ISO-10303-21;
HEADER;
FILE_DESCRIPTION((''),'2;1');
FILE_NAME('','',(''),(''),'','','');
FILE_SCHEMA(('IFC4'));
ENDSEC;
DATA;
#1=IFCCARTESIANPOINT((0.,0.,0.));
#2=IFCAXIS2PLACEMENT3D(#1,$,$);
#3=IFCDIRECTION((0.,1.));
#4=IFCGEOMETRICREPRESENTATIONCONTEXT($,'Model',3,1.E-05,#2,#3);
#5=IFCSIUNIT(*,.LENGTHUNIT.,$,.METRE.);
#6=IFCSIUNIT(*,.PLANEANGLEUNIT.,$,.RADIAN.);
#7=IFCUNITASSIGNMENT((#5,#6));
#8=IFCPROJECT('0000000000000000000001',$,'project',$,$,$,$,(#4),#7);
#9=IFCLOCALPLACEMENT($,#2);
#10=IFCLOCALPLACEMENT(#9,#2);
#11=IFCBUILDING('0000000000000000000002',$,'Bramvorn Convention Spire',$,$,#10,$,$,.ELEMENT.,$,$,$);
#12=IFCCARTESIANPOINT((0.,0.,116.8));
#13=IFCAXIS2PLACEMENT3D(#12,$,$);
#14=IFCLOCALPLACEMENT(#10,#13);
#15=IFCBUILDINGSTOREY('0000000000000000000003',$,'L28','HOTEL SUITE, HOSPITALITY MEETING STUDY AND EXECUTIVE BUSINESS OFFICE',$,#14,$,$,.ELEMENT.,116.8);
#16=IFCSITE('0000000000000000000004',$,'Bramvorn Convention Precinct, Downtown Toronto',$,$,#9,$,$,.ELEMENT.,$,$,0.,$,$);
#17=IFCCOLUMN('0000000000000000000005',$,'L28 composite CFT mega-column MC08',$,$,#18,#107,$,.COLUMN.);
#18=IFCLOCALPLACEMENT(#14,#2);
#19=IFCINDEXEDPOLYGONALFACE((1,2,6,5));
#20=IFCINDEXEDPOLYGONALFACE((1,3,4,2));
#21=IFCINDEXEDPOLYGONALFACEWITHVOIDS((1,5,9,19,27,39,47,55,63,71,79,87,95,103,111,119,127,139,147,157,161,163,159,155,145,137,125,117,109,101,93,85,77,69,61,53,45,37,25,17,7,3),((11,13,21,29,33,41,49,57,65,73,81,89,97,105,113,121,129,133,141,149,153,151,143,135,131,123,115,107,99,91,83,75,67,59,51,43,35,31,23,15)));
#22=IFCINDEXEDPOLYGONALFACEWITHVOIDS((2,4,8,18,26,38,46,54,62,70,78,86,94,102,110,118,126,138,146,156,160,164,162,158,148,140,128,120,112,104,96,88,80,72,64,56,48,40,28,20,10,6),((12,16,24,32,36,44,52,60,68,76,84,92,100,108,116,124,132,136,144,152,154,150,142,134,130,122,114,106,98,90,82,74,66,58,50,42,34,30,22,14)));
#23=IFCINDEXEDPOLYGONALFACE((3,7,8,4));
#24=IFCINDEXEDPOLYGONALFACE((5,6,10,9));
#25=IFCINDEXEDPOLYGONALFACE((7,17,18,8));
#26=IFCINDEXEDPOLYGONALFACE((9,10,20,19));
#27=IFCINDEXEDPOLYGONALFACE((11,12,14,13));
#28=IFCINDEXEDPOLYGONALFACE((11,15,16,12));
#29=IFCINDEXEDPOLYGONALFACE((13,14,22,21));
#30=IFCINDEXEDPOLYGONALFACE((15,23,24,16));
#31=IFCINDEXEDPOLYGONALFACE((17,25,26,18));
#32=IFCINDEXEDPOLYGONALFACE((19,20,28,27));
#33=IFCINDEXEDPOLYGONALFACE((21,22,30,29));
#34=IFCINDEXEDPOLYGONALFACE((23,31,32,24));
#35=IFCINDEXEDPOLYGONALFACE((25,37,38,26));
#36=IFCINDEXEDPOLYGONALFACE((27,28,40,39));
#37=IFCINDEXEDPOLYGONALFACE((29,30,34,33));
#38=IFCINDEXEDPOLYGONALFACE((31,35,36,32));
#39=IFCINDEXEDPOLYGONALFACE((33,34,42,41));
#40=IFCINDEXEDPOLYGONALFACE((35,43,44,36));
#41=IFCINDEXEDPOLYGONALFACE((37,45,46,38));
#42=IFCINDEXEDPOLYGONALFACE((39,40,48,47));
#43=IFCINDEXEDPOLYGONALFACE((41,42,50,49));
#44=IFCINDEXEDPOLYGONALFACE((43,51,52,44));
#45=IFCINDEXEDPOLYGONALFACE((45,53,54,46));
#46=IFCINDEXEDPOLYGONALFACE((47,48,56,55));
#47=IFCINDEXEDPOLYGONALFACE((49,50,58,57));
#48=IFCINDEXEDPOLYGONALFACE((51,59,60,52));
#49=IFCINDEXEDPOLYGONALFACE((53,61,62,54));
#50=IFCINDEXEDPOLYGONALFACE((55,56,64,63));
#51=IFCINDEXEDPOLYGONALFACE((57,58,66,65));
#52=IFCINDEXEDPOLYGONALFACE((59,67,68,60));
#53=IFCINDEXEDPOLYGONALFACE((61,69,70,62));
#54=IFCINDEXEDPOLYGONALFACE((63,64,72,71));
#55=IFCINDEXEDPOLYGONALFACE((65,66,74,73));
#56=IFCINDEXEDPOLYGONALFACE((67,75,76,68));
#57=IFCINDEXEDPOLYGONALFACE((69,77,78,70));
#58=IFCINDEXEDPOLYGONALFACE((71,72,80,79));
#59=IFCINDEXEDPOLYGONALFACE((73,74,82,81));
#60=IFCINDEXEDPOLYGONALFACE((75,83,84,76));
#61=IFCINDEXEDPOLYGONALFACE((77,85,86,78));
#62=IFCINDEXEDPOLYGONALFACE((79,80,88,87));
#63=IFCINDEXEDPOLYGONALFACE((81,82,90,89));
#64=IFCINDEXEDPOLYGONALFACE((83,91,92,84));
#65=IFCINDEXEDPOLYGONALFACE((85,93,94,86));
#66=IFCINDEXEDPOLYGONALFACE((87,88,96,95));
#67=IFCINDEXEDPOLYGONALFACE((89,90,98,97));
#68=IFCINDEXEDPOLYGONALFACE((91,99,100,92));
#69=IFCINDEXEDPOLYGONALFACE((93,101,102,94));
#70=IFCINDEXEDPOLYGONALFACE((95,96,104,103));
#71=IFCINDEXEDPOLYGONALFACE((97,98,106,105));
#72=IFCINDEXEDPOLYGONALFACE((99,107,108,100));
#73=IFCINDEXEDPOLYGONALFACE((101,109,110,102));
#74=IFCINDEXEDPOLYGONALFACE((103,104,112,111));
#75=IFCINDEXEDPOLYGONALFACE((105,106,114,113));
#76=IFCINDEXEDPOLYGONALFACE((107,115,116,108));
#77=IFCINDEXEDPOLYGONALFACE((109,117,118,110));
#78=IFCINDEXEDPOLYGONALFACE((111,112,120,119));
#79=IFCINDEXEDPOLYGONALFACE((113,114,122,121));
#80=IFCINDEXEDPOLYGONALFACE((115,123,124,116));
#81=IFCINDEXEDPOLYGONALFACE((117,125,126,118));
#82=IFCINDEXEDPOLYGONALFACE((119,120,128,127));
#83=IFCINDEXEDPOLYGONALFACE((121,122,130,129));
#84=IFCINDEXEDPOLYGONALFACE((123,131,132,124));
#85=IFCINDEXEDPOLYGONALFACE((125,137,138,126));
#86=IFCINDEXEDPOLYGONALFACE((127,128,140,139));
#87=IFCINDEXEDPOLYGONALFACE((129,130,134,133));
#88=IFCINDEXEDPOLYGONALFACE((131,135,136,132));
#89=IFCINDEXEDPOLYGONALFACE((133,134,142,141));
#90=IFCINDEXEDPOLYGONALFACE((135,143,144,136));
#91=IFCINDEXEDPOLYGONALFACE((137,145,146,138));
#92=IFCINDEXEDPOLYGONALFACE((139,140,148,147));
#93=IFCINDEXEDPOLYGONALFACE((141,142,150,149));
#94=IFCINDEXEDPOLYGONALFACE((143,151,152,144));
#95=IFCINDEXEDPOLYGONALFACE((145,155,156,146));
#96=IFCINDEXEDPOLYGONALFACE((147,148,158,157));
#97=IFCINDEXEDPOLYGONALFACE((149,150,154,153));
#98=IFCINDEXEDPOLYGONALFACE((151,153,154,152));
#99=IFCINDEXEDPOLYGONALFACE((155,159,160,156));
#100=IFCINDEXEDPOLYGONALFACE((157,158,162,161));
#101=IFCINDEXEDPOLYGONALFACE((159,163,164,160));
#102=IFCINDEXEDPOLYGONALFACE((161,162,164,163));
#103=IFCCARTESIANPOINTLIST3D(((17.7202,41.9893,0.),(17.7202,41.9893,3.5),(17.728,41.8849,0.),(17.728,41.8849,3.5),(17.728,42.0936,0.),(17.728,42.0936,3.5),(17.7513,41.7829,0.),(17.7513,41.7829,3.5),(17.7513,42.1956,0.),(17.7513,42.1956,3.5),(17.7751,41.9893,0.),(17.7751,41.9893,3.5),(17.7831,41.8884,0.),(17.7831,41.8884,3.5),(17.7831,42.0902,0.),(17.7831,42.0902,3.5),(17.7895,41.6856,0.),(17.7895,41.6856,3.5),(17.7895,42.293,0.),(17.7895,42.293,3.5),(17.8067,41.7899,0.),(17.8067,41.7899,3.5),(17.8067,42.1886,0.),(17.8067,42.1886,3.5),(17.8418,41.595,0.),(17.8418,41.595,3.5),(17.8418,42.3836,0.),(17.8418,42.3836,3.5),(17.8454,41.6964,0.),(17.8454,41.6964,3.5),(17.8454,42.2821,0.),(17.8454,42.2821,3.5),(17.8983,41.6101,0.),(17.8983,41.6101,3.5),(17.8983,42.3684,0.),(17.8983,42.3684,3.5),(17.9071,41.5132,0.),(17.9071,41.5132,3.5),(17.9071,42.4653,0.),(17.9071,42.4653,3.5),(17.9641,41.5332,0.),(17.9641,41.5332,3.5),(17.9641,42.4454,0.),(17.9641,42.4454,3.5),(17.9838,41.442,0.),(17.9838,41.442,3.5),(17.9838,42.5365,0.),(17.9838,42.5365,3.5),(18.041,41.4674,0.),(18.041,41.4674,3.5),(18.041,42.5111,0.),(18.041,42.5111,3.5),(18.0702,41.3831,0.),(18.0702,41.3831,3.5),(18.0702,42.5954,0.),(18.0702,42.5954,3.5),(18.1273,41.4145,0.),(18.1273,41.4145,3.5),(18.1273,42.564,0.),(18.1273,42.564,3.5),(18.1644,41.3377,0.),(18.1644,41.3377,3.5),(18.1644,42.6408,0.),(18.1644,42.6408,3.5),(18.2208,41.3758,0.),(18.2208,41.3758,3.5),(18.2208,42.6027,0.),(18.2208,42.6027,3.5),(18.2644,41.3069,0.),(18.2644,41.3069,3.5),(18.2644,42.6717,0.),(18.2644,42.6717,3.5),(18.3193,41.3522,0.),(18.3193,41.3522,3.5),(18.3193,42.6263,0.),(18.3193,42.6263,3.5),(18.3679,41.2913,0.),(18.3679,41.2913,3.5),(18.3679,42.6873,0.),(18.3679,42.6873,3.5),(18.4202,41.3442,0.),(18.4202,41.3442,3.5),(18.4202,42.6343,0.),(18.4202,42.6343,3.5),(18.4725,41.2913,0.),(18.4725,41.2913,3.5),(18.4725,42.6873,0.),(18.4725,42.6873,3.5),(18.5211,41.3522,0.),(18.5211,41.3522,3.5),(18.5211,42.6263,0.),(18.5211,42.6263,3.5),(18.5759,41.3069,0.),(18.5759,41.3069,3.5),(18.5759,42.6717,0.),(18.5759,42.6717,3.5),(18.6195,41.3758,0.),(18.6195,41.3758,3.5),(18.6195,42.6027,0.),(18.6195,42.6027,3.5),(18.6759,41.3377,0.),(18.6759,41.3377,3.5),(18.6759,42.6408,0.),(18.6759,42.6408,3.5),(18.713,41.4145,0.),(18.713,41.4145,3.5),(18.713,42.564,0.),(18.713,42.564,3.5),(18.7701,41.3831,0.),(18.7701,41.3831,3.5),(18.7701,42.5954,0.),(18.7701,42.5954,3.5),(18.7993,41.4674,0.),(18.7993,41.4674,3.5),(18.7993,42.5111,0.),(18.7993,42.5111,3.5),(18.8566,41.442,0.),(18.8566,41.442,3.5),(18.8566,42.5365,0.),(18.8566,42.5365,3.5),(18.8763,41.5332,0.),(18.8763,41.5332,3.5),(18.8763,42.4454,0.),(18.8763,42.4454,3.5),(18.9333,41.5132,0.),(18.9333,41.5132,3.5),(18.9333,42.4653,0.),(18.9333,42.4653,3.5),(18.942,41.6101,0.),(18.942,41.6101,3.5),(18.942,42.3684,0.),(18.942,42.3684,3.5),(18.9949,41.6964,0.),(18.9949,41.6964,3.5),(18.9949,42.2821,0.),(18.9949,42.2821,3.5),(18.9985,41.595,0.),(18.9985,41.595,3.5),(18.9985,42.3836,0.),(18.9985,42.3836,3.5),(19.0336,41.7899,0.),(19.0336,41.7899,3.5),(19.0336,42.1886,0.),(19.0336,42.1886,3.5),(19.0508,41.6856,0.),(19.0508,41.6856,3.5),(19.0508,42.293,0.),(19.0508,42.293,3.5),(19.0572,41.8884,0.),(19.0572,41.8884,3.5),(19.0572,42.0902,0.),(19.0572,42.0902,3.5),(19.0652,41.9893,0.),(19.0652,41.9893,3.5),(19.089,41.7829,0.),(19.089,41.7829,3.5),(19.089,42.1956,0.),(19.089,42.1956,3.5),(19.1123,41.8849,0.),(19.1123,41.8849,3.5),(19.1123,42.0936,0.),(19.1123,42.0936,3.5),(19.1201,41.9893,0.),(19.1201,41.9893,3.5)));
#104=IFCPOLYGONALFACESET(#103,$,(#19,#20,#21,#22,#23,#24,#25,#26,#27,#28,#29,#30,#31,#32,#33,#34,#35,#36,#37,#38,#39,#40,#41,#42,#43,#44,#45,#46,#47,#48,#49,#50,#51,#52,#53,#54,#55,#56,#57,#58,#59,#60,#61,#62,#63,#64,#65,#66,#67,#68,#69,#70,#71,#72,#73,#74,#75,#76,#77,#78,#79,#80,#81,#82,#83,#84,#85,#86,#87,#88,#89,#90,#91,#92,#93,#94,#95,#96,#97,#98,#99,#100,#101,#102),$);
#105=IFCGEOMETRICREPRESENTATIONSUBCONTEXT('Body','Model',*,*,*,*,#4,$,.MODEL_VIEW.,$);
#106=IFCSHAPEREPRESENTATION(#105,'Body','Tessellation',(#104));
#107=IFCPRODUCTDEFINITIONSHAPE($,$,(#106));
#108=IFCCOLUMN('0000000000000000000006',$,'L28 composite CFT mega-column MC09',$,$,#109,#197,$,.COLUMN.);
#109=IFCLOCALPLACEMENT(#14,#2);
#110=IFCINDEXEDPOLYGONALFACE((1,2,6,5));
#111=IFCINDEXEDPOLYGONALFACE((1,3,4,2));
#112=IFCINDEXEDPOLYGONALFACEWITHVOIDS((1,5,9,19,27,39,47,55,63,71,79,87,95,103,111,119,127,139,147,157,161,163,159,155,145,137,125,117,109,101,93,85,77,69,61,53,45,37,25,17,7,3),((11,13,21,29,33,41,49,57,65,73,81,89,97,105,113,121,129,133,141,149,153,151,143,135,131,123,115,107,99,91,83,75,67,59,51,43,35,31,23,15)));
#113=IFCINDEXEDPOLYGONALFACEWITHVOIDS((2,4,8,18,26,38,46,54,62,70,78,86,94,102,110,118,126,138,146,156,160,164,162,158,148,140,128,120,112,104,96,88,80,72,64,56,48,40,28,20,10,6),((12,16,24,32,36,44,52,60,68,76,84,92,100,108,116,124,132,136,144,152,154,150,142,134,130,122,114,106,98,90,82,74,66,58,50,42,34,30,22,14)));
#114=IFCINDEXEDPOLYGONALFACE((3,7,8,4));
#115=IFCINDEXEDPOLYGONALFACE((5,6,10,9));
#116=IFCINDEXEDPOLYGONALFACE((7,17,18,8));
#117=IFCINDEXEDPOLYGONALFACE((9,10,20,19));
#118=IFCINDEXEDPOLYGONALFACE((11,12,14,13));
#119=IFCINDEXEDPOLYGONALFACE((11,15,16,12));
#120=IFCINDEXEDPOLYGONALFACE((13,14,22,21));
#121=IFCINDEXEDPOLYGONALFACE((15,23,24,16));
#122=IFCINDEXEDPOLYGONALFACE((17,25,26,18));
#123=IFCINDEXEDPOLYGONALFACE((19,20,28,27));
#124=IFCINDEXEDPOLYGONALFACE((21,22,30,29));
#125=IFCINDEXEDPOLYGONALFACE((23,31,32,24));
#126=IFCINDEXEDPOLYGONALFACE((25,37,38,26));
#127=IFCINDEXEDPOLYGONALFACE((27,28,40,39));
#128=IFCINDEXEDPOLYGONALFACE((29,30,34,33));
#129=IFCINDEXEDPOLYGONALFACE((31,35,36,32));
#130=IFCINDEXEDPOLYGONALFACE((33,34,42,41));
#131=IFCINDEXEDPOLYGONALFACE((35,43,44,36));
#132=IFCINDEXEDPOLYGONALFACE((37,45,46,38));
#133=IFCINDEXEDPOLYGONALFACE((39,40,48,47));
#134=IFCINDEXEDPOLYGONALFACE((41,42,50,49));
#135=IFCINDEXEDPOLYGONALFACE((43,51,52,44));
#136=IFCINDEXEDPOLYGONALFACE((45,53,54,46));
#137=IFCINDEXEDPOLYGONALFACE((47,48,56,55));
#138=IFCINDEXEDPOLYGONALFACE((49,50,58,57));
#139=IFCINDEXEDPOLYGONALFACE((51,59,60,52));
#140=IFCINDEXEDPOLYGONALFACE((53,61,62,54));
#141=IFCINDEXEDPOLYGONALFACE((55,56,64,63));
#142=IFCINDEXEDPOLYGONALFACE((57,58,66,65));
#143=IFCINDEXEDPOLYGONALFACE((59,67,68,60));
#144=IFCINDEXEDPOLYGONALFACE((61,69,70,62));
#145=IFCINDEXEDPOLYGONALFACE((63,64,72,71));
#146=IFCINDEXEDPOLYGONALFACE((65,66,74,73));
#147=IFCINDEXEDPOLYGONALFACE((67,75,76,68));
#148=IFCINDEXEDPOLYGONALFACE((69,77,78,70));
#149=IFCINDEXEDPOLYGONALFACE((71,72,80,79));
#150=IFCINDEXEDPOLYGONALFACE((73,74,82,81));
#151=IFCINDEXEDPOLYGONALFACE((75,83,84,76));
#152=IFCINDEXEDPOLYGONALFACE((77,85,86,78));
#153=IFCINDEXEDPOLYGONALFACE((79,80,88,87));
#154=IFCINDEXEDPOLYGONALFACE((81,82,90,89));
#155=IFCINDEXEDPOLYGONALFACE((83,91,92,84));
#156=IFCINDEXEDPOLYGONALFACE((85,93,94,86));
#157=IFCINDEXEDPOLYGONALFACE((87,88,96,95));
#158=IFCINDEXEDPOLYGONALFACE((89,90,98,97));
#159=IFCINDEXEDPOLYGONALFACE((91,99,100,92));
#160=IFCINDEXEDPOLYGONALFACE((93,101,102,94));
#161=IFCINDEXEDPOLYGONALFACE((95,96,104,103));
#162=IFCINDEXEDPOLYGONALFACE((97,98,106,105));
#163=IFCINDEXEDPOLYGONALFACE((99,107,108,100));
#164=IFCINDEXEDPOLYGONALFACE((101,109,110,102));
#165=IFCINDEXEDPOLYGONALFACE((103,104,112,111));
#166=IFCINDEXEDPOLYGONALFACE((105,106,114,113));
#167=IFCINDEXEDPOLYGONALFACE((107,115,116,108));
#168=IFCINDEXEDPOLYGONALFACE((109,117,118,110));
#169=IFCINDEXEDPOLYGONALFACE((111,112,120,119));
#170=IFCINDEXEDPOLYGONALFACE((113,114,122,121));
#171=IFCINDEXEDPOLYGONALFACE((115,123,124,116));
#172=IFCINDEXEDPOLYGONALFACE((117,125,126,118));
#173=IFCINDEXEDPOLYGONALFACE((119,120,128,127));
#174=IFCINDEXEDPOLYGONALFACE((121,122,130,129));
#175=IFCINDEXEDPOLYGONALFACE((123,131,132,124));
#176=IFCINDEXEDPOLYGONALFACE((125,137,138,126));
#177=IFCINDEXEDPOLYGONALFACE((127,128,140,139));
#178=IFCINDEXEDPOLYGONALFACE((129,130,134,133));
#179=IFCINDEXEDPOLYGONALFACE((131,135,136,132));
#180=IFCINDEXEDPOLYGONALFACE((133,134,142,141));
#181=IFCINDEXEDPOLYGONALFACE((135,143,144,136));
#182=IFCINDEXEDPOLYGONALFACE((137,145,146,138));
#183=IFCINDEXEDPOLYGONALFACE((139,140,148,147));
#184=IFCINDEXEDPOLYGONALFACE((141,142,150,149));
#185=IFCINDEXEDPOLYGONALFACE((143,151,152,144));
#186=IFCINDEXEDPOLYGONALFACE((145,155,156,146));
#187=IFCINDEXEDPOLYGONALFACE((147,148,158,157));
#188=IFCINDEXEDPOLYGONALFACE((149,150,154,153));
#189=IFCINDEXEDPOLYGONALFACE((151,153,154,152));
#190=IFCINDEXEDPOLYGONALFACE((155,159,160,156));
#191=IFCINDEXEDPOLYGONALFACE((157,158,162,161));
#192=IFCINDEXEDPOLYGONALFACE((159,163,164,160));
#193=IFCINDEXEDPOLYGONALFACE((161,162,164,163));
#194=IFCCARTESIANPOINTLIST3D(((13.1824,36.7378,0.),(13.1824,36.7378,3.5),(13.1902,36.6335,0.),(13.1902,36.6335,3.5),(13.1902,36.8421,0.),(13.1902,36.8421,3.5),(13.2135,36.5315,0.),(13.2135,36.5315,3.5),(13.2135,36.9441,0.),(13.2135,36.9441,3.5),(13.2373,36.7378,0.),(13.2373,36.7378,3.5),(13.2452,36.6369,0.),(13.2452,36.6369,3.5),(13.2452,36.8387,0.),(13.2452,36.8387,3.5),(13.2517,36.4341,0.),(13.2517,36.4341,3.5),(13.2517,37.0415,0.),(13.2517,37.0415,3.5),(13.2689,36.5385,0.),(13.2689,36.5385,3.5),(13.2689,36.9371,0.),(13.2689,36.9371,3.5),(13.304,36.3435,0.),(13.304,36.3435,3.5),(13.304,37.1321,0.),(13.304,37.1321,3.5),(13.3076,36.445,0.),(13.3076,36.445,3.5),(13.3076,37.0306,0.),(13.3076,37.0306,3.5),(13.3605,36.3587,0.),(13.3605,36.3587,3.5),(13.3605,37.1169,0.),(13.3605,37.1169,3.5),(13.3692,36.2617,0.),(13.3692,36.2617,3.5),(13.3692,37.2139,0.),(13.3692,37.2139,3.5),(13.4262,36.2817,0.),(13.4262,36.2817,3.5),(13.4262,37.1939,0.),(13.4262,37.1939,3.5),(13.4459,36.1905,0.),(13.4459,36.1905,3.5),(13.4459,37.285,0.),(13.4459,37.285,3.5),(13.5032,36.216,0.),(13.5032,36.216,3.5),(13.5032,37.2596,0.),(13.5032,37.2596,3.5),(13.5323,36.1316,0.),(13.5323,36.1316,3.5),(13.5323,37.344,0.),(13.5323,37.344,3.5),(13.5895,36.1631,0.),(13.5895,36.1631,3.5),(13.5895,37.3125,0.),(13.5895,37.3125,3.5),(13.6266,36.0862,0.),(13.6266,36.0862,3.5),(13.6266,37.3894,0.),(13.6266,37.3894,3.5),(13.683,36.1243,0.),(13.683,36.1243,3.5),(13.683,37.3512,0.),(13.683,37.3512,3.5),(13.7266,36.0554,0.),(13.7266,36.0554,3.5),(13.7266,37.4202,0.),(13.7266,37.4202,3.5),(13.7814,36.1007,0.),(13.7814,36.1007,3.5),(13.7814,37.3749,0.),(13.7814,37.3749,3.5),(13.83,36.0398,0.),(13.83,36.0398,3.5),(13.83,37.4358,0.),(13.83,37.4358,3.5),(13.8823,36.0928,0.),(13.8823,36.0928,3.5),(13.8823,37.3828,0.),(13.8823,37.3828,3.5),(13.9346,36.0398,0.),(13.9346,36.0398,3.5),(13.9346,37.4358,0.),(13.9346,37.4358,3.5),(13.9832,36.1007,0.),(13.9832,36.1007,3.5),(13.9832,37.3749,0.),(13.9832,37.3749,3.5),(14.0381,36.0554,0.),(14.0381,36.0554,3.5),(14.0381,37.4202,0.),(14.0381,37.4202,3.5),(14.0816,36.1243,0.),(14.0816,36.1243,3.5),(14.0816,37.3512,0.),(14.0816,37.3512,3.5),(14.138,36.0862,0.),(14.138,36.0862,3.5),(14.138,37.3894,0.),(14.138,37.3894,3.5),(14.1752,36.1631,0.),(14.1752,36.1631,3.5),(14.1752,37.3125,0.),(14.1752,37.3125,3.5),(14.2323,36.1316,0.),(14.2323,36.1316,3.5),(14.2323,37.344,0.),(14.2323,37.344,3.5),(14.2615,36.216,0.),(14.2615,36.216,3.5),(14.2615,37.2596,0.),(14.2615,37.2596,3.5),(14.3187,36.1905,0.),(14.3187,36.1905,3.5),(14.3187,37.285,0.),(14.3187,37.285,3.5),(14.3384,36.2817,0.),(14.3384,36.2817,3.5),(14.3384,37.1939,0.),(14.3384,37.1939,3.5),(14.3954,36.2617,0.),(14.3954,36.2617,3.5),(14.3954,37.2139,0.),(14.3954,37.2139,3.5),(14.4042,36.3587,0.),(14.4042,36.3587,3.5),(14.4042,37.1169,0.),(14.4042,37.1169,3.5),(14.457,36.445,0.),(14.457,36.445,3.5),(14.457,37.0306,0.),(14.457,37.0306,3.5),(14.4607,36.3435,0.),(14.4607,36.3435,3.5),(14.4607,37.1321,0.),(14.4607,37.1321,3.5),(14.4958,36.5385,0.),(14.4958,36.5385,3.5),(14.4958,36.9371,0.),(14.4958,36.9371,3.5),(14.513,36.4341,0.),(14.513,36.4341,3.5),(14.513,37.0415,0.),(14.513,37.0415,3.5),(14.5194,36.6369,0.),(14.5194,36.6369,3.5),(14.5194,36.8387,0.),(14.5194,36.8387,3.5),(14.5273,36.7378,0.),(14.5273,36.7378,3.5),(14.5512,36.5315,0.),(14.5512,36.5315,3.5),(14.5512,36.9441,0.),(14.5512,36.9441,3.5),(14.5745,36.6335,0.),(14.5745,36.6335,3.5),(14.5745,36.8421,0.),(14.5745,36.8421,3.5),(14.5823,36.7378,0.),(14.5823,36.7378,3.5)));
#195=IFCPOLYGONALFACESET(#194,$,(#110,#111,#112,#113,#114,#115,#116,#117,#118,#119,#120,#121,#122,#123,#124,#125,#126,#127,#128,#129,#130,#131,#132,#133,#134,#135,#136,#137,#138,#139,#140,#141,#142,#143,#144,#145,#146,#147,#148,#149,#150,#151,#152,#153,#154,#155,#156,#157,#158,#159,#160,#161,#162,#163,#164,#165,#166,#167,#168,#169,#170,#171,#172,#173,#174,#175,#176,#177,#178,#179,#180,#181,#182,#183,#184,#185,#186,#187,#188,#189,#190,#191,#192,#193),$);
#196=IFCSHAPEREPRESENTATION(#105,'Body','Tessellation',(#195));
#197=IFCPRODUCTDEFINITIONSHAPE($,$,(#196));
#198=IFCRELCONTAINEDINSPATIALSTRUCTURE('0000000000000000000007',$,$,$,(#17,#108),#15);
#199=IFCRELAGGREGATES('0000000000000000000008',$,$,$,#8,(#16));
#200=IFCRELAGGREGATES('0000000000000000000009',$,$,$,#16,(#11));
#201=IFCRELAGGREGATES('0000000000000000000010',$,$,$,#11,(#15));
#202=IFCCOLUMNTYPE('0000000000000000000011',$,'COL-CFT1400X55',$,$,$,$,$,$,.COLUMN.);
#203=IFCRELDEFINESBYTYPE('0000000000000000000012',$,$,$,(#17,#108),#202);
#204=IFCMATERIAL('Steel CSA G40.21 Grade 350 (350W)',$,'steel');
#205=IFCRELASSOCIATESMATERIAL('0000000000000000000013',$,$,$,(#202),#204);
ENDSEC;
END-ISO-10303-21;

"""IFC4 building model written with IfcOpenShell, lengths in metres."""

from ifc_helpers import new_model, si_unit, direction, frame, origin, origin_2d, place, context, subcontext, project, spatial, hollow_circle, extrude, material, material_profile, profile_set, type_object, element, save


model = new_model("IFC4")

# Units and contexts
model_context = context("Model", 3, precision=1e-05, world=origin(), true_north=direction((0.0, 1.0)))
body_context = subcontext(model_context, "Body", "Model", "MODEL_VIEW")
ifc_project = project(units=[si_unit("LENGTHUNIT", "METRE"), si_unit("PLANEANGLEUNIT", "RADIAN")], contexts=[model_context])

# Site, building, storey
site_placement = place(None, origin())
site = spatial("IfcSite", under=ifc_project, at=site_placement, Name="Bramvorn Convention Precinct, Downtown Toronto", CompositionType="ELEMENT", RefElevation=0.0)
building_placement = place(site_placement, origin())
building = spatial("IfcBuilding", under=site, at=building_placement, Name="Bramvorn Convention Spire", CompositionType="ELEMENT")
storey_placement = place(building_placement, frame((0.0, 0.0, 116.8)))
storey = spatial("IfcBuildingStorey", under=building, at=storey_placement, Name="L28", Description="HOTEL SUITE, HOSPITALITY MEETING STUDY AND EXECUTIVE BUSINESS OFFICE", CompositionType="ELEMENT", Elevation=116.8)

# Columns
ifc_material_1 = material(Name="Steel CSA G40.21 Grade 350 (350W)", Category="steel")
ifc_material_profile_1 = material_profile(ifc_material_1, hollow_circle(Radius=0.7, WallThickness=0.0549, at=origin_2d()))
ifc_profile_set_1 = profile_set([ifc_material_profile_1], Name="Steel CSA G40.21 Grade 350 (350W) - CFT1400X55")
column_type = type_object("IfcColumnType", Name="COL-CFT1400X55", PredefinedType="COLUMN", material=ifc_profile_set_1)
for number, where, z_axis, x_axis, name in (
    (1, (18.4202, 41.9893, 0.0), (0.0, 0.0, 1.0), (1.0, 0.0, 0.0), "L28 composite CFT mega-column MC08"),
    (2, (13.8823, 36.7378, 0.0), (0.0, 0.0, 1.0), (1.0, 0.0, 0.0), "L28 composite CFT mega-column MC09"),
):
    element("IfcColumn", number, at=place(storey_placement, frame(where, z_axis=z_axis, x_axis=x_axis)), inside=storey, type_object=column_type, Name=name, PredefinedType="COLUMN", context=body_context, shape_type="SweptSolid", body=[
        extrude(hollow_circle(Radius=0.7, WallThickness=0.0549, at=origin_2d()), origin(), (0.0, 0.0, 1.0), 3.5),
    ])

save(model, "model.ifc")
